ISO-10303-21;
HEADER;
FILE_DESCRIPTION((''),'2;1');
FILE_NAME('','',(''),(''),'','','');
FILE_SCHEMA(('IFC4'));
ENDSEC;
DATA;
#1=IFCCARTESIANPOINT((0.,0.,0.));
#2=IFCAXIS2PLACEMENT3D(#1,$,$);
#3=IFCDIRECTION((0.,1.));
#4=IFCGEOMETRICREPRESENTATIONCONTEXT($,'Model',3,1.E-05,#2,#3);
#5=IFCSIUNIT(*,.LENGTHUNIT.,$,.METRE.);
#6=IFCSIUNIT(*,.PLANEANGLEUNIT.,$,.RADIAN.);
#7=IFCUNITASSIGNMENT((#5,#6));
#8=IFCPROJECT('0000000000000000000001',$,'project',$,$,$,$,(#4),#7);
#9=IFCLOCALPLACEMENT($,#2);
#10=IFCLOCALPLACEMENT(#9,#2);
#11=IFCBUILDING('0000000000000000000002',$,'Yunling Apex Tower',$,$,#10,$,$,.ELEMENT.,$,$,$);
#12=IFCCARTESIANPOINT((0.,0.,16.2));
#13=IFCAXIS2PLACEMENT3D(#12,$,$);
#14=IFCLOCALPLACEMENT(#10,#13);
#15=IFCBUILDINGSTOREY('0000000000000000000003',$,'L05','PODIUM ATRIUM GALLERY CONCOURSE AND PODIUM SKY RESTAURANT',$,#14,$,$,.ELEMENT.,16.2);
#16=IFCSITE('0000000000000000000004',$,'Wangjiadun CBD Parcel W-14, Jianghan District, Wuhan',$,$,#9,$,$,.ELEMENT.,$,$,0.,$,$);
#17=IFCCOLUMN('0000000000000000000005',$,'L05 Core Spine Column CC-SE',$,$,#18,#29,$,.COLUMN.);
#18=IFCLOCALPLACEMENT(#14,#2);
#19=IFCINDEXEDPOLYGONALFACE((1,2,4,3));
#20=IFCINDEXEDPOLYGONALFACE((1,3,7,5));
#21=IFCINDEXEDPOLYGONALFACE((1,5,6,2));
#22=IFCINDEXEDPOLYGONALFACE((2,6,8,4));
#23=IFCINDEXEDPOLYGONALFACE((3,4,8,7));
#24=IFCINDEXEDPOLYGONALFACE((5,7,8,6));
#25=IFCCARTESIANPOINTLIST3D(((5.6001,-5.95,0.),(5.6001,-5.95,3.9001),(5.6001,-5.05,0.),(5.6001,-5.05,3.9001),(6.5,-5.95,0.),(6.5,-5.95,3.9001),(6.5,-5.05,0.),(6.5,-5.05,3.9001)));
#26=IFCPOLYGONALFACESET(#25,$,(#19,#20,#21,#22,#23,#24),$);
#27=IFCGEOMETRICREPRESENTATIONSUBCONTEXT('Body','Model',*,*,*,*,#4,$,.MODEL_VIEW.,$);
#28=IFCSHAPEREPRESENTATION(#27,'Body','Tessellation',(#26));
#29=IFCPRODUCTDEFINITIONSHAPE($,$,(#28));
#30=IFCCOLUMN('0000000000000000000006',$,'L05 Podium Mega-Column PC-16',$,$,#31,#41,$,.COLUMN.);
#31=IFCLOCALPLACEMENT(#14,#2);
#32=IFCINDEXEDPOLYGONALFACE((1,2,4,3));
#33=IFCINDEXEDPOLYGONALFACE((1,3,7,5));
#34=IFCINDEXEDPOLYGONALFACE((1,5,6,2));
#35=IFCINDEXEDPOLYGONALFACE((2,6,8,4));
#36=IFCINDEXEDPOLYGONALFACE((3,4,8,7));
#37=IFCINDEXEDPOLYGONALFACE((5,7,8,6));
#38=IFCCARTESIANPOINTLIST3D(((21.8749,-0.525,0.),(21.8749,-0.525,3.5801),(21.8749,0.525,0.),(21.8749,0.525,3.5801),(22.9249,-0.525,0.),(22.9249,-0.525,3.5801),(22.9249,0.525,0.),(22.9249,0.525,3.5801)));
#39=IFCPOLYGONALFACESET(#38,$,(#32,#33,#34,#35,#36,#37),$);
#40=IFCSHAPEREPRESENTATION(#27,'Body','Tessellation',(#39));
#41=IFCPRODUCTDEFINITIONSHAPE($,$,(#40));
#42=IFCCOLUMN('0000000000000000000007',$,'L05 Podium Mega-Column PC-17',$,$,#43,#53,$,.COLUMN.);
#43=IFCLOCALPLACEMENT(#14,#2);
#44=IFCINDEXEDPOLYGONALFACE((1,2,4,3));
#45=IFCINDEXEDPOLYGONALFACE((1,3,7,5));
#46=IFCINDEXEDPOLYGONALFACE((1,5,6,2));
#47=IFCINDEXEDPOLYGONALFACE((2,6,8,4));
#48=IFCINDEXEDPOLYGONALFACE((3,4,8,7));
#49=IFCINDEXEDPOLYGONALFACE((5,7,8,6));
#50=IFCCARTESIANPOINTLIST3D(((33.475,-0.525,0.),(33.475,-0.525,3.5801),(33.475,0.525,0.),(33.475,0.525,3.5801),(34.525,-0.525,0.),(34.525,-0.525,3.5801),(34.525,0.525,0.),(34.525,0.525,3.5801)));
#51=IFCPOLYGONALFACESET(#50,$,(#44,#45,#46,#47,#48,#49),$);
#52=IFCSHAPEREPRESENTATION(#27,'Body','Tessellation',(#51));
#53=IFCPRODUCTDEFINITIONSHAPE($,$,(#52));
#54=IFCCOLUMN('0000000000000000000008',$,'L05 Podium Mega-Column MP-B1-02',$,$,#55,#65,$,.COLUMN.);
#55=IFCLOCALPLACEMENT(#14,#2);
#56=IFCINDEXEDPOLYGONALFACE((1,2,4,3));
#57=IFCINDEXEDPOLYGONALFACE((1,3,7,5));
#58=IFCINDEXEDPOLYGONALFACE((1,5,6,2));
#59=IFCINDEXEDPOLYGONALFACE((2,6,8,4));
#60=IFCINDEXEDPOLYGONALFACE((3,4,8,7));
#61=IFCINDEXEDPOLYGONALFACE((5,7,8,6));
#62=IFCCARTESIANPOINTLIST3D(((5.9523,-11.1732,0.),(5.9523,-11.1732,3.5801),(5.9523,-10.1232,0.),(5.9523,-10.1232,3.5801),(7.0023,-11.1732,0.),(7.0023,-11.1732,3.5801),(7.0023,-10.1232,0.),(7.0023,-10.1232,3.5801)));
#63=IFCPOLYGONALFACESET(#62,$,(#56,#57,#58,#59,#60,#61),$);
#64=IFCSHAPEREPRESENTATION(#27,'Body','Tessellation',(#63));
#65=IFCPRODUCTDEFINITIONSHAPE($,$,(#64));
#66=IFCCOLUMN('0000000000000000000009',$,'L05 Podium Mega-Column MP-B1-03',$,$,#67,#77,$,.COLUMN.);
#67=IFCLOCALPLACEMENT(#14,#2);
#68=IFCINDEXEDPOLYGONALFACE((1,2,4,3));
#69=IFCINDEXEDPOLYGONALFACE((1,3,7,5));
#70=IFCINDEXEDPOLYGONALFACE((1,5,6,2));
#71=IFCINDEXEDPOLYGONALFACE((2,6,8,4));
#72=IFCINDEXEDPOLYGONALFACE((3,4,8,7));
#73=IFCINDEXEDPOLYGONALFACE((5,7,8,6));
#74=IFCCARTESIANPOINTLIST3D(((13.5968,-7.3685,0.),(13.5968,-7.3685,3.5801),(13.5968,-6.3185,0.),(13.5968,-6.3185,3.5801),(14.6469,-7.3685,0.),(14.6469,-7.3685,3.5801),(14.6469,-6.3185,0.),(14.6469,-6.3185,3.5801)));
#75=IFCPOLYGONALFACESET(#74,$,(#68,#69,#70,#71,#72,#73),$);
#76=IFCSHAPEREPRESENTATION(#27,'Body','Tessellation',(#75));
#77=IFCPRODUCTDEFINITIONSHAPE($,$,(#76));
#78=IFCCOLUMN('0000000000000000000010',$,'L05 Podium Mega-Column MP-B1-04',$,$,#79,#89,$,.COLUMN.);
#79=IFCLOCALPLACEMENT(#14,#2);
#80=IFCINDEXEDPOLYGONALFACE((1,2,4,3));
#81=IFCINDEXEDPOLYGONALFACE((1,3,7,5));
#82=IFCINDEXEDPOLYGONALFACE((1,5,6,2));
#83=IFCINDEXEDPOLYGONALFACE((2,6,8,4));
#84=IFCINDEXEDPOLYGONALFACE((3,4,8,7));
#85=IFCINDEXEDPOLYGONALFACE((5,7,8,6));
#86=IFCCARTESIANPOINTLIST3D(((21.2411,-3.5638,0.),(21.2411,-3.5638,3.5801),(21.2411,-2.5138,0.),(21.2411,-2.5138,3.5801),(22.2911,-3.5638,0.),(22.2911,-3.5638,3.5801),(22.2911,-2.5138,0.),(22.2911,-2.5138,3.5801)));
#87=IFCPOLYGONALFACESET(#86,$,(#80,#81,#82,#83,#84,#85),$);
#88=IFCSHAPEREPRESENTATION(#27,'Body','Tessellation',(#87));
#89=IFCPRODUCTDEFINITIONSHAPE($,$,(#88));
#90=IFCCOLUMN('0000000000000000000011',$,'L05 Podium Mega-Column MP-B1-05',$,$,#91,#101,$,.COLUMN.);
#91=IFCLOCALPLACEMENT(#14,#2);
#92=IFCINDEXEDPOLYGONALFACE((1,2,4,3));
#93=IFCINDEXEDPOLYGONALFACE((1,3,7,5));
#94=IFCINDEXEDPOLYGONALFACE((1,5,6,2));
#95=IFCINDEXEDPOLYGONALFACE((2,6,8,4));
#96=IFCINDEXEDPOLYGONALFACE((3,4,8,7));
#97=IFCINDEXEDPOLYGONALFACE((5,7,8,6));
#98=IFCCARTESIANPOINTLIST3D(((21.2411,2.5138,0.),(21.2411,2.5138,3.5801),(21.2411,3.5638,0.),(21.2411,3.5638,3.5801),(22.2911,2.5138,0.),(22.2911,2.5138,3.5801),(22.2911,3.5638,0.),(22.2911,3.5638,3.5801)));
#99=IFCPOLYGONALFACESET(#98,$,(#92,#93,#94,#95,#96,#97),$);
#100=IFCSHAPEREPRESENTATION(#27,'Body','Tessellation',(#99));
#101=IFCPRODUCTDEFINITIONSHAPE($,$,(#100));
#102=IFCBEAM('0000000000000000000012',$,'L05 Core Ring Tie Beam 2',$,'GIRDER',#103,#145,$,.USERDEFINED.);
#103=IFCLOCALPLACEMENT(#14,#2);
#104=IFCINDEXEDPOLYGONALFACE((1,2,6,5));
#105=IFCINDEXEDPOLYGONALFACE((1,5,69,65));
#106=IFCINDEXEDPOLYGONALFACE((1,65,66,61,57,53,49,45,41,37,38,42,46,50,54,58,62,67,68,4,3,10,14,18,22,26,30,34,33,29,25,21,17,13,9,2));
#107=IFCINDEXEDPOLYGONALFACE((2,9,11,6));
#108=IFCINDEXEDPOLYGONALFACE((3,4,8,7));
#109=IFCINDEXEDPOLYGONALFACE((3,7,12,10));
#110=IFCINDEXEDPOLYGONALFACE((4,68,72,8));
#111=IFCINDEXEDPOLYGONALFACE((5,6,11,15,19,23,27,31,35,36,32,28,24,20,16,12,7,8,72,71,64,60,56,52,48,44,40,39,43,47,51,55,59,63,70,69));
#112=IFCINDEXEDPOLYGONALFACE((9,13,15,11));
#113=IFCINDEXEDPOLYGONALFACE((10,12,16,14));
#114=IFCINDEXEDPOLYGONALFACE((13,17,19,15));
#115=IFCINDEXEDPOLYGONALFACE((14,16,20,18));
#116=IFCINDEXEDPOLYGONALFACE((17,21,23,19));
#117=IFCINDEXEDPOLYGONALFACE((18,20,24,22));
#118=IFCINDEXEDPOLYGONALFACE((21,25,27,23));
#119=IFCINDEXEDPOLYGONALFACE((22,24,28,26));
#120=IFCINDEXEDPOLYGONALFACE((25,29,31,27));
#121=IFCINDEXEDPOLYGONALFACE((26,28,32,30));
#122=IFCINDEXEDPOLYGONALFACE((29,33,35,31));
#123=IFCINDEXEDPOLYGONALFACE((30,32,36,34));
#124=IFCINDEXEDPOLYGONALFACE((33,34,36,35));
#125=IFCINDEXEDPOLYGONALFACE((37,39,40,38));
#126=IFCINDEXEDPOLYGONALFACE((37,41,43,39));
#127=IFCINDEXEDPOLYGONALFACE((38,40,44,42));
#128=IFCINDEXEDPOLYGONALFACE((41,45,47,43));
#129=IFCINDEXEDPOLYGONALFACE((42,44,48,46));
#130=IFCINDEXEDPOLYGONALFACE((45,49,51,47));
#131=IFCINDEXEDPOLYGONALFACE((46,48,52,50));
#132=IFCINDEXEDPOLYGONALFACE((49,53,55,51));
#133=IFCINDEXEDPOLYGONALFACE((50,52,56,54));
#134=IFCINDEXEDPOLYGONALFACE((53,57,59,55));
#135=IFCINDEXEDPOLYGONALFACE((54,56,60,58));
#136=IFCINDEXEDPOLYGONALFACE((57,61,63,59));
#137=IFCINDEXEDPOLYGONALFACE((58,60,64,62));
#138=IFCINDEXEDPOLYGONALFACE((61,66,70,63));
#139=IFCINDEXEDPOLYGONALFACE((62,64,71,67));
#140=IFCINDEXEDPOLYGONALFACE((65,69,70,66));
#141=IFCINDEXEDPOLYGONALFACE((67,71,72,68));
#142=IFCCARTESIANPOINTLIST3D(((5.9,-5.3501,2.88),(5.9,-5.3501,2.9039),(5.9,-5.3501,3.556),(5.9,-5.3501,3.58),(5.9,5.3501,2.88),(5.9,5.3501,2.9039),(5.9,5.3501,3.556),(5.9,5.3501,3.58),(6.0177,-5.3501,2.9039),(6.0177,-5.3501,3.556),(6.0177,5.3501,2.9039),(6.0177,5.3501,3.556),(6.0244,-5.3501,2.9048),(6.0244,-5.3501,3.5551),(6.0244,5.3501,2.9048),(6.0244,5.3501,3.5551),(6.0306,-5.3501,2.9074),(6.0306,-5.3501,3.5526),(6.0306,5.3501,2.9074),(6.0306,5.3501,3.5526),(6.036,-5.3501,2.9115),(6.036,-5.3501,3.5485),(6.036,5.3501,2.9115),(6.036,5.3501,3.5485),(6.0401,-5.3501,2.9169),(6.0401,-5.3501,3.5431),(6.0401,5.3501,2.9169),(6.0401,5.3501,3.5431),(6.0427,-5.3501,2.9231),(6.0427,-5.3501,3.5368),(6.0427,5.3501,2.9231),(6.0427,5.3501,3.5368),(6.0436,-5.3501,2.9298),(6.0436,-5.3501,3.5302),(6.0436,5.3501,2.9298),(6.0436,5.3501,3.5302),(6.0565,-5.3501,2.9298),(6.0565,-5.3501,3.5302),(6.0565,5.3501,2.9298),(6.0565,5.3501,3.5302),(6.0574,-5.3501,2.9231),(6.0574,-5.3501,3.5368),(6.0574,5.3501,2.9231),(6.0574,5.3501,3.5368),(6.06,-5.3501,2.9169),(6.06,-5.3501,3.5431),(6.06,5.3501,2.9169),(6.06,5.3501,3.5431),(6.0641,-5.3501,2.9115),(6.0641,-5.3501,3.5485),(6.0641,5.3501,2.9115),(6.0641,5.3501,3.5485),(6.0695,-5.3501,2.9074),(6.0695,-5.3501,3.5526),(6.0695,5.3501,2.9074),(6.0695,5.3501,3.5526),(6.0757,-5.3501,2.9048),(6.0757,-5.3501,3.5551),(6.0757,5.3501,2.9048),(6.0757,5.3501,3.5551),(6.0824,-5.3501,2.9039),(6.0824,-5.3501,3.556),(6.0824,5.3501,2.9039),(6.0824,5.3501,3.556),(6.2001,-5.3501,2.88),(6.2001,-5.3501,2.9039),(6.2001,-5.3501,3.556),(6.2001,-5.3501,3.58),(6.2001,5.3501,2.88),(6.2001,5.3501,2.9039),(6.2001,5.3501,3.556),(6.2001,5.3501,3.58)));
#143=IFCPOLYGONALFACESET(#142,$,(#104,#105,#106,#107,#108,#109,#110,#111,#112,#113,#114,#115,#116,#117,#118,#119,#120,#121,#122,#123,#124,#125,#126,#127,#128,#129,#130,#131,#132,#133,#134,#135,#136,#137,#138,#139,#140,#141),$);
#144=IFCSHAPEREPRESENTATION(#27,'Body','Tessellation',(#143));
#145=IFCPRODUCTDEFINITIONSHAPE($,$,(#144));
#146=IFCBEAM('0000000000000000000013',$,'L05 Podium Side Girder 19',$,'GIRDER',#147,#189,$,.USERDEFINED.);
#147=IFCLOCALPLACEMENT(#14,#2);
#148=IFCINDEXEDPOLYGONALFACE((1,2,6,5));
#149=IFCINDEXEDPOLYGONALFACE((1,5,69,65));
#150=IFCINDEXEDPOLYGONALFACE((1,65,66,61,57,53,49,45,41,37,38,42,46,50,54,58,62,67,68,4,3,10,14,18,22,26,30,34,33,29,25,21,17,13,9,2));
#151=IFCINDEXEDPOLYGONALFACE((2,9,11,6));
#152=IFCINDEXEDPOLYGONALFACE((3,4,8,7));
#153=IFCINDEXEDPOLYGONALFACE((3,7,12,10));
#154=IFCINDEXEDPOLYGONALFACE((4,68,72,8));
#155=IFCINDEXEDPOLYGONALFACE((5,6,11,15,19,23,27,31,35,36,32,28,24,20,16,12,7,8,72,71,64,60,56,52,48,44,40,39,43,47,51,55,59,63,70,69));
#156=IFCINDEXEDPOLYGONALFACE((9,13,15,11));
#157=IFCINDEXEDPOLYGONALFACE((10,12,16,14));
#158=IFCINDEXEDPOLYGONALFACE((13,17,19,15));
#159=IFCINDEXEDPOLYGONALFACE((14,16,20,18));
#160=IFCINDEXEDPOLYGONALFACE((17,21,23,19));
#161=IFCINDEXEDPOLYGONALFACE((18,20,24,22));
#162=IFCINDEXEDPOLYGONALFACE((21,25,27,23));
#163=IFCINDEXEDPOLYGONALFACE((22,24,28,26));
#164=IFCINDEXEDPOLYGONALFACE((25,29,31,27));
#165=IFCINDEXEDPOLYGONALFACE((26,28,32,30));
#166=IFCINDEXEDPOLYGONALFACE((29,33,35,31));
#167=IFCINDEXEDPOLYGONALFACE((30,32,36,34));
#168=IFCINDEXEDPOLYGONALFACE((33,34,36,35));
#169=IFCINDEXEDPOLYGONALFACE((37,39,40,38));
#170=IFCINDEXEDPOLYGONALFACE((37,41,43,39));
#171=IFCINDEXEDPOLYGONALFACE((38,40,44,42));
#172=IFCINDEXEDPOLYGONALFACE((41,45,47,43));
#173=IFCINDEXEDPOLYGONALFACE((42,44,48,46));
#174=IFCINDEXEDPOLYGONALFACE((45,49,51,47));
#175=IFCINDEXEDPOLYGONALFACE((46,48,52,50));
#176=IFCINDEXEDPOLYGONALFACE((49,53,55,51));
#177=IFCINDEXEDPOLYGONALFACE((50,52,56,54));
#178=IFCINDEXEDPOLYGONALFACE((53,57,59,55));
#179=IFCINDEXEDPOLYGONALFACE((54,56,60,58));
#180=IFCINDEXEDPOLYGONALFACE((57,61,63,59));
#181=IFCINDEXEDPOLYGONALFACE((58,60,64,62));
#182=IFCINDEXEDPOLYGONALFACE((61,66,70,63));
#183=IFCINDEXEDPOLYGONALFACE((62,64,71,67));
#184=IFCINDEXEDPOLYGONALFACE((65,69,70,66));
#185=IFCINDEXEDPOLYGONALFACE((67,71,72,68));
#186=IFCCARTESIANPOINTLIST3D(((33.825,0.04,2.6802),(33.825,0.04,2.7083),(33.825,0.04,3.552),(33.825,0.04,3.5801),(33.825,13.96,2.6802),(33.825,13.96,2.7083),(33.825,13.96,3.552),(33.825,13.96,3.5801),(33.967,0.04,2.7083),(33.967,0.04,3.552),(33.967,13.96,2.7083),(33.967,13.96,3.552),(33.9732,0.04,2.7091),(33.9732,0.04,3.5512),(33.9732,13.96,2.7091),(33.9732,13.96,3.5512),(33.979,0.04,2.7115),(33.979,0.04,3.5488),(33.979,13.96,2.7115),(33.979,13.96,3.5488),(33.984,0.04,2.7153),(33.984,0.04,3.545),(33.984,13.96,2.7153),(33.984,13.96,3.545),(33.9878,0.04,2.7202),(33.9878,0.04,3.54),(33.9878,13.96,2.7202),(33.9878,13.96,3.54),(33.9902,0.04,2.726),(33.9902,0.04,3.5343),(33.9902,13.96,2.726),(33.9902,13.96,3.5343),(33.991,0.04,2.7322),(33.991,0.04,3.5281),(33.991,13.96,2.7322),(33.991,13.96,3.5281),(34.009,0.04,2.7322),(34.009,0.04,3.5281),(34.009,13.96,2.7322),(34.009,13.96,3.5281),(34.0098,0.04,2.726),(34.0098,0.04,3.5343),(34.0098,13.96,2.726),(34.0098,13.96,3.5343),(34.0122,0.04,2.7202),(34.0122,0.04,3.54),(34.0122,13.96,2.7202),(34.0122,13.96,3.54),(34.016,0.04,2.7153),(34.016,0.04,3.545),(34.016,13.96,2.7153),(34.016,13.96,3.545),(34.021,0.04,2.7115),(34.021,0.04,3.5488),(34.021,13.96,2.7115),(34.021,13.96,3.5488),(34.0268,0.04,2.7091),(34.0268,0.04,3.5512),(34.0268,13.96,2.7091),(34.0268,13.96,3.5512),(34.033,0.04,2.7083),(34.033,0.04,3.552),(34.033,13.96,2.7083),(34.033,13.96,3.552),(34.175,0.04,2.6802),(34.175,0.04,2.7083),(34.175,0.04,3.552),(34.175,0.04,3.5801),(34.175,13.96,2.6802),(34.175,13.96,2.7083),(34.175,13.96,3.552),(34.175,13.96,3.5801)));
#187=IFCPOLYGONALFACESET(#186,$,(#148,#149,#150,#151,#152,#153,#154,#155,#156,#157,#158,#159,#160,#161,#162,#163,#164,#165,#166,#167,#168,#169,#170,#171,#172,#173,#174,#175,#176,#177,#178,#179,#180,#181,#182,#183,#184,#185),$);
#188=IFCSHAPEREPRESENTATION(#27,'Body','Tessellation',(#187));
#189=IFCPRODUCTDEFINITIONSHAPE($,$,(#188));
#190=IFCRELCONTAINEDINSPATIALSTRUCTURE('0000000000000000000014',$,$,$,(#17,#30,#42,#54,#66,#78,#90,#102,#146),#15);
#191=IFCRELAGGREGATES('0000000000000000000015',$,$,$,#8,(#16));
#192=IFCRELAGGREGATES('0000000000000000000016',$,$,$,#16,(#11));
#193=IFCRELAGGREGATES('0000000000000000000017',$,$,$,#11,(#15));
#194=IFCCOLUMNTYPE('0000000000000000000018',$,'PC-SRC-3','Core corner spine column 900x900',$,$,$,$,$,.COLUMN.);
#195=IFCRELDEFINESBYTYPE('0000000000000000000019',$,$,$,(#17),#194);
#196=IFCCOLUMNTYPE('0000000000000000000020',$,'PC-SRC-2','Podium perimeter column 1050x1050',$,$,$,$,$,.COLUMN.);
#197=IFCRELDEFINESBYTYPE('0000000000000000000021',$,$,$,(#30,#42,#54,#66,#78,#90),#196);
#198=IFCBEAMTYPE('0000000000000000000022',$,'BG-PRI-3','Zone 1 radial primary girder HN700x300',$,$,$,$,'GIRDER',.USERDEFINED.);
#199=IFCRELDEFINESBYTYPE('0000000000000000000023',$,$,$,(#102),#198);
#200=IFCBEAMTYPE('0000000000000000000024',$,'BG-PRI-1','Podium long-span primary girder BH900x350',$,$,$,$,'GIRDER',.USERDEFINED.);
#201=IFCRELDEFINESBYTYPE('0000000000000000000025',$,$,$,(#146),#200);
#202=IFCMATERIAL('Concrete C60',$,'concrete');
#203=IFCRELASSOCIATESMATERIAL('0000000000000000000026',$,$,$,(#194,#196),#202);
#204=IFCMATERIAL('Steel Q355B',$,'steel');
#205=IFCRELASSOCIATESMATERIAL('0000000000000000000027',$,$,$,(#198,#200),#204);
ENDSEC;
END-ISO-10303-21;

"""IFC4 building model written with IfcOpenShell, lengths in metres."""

from ifc_helpers import new_model, si_unit, direction, frame, origin, origin_2d, place, context, subcontext, project, spatial, rectangle, i_section, extrude, source, transform, mapped, material, material_profile, profile_set, type_object, element, save


model = new_model("IFC4")

# Units and contexts
model_context = context("Model", 3, precision=1e-05, world=origin(), true_north=direction((0.0, 1.0)))
body_context = subcontext(model_context, "Body", "Model", "MODEL_VIEW")
ifc_project = project(units=[si_unit("LENGTHUNIT", "METRE"), si_unit("PLANEANGLEUNIT", "RADIAN")], contexts=[model_context])

# Site, building, storey
site_placement = place(None, origin())
site = spatial("IfcSite", under=ifc_project, at=site_placement, Name="Wangjiadun CBD Parcel W-14, Jianghan District, Wuhan", CompositionType="ELEMENT", RefElevation=0.0)
building_placement = place(site_placement, origin())
building = spatial("IfcBuilding", under=site, at=building_placement, Name="Yunling Apex Tower", CompositionType="ELEMENT")
storey_placement = place(building_placement, frame((0.0, 0.0, 16.2)))
storey = spatial("IfcBuildingStorey", under=building, at=storey_placement, Name="L05", Description="PODIUM ATRIUM GALLERY CONCOURSE AND PODIUM SKY RESTAURANT", CompositionType="ELEMENT", Elevation=16.2)

# Columns
ifc_material_1 = material(Name="Concrete C60", Category="concrete")
ifc_material_profile_1 = material_profile(ifc_material_1, rectangle(XDim=0.8999, YDim=0.8999, at=origin_2d()))
ifc_profile_set_1 = profile_set([ifc_material_profile_1], Name="Concrete C60")
column_type_1 = type_object("IfcColumnType", Name="PC-SRC-3", Description="Core corner spine column 900x900", PredefinedType="COLUMN", material=ifc_profile_set_1)
shared_shape_1 = source(origin(), body_context, "Body", "SweptSolid", [
    extrude(rectangle(XDim=0.8999, YDim=0.8999, at=origin_2d()), origin(), (0.0, 0.0, 1.0), 3.9001),
])
column_placement = place(storey_placement, frame((6.05, -5.5, 0.0), z_axis=(0.0, 0.0, 1.0), x_axis=(1.0, 0.0, 0.0)))
element("IfcColumn", 1, at=column_placement, inside=storey, type_object=column_type_1, Name="L05 Core Spine Column CC-SE", PredefinedType="COLUMN", context=body_context, shape_type="MappedRepresentation", body=[
    mapped(shared_shape_1, transform((0.0, 0.0, 0.0), scale=1.0)),
])
ifc_material_profile_2 = material_profile(ifc_material_1, rectangle(XDim=1.05, YDim=1.05, at=origin_2d()))
ifc_profile_set_2 = profile_set([ifc_material_profile_2], Name="Concrete C60")
column_type_2 = type_object("IfcColumnType", Name="PC-SRC-2", Description="Podium perimeter column 1050x1050", PredefinedType="COLUMN", material=ifc_profile_set_2)
shared_shape_2 = source(origin(), body_context, "Body", "SweptSolid", [
    extrude(rectangle(XDim=1.05, YDim=1.05, at=origin_2d()), origin(), (0.0, 0.0, 1.0), 3.5801),
])
for number, where, z_axis, x_axis, name in (
    (2, (22.3999, 0.0, 0.0), (0.0, 0.0, 1.0), (1.0, 0.0, 0.0), "L05 Podium Mega-Column PC-16"),
    (3, (34.0, 0.0, 0.0), (0.0, 0.0, 1.0), (1.0, 0.0, 0.0), "L05 Podium Mega-Column PC-17"),
    (4, (6.4773, -10.6482, 0.0), (0.0, 0.0, 1.0), (1.0, 0.0, 0.0), "L05 Podium Mega-Column MP-B1-02"),
    (5, (14.1218, -6.8435, 0.0), (0.0, 0.0, 1.0), (1.0, 0.0, 0.0), "L05 Podium Mega-Column MP-B1-03"),
    (6, (21.7661, -3.0388, 0.0), (0.0, 0.0, 1.0), (1.0, 0.0, 0.0), "L05 Podium Mega-Column MP-B1-04"),
    (7, (21.7661, 3.0388, 0.0), (0.0, 0.0, 1.0), (1.0, 0.0, 0.0), "L05 Podium Mega-Column MP-B1-05"),
):
    element("IfcColumn", number, at=place(storey_placement, frame(where, z_axis=z_axis, x_axis=x_axis)), inside=storey, type_object=column_type_2, Name=name, PredefinedType="COLUMN", context=body_context, shape_type="MappedRepresentation", body=[
        mapped(shared_shape_2, transform((0.0, 0.0, 0.0), scale=1.0)),
    ])

# Beams
ifc_material_2 = material(Name="Steel Q355B", Category="steel")
ifc_material_profile_3 = material_profile(ifc_material_2, i_section(OverallWidth=0.3, OverallDepth=0.7, WebThickness=0.0129, FlangeThickness=0.0239, FilletRadius=0.0259, at=origin_2d()))
ifc_profile_set_3 = profile_set([ifc_material_profile_3], Name="Steel Q355B")
beam_type_1 = type_object("IfcBeamType", Name="BG-PRI-3", Description="Zone 1 radial primary girder HN700x300", ElementType="GIRDER", PredefinedType="USERDEFINED", material=ifc_profile_set_3)
shared_shape_3 = source(origin(), body_context, "Body", "SweptSolid", [
    extrude(i_section(OverallWidth=0.3, OverallDepth=0.7, WebThickness=0.0129, FlangeThickness=0.0239, FilletRadius=0.0259, at=origin_2d()), origin(), (0.0, 0.0, 1.0), 10.7002),
])
beam_1_placement = place(storey_placement, frame((6.05, -5.3501, 3.23), z_axis=(0.0, 1.0, 0.0), x_axis=(-1.0, 0.0, 0.0)))
element("IfcBeam", 8, at=beam_1_placement, inside=storey, type_object=beam_type_1, Name="L05 Core Ring Tie Beam 2", ObjectType="GIRDER", PredefinedType="USERDEFINED", context=body_context, shape_type="MappedRepresentation", body=[
    mapped(shared_shape_3, transform((0.0, 0.0, 0.0), scale=1.0)),
])
ifc_material_profile_4 = material_profile(ifc_material_2, i_section(OverallWidth=0.3501, OverallDepth=0.8999, WebThickness=0.0181, FlangeThickness=0.0281, FilletRadius=0.0239, at=origin_2d()))
ifc_profile_set_4 = profile_set([ifc_material_profile_4], Name="Steel Q355B")
beam_type_2 = type_object("IfcBeamType", Name="BG-PRI-1", Description="Podium long-span primary girder BH900x350", ElementType="GIRDER", PredefinedType="USERDEFINED", material=ifc_profile_set_4)
shared_shape_4 = source(origin(), body_context, "Body", "SweptSolid", [
    extrude(i_section(OverallWidth=0.3501, OverallDepth=0.8999, WebThickness=0.0181, FlangeThickness=0.0281, FilletRadius=0.0239, at=origin_2d()), origin(), (0.0, 0.0, 1.0), 13.9199),
])
beam_2_placement = place(storey_placement, frame((34.0, 0.04, 3.1301), z_axis=(0.0, 1.0, 0.0), x_axis=(-1.0, 0.0, 0.0)))
element("IfcBeam", 9, at=beam_2_placement, inside=storey, type_object=beam_type_2, Name="L05 Podium Side Girder 19", ObjectType="GIRDER", PredefinedType="USERDEFINED", context=body_context, shape_type="MappedRepresentation", body=[
    mapped(shared_shape_4, transform((0.0, 0.0, 0.0), scale=1.0)),
])

save(model, "model.ifc")
